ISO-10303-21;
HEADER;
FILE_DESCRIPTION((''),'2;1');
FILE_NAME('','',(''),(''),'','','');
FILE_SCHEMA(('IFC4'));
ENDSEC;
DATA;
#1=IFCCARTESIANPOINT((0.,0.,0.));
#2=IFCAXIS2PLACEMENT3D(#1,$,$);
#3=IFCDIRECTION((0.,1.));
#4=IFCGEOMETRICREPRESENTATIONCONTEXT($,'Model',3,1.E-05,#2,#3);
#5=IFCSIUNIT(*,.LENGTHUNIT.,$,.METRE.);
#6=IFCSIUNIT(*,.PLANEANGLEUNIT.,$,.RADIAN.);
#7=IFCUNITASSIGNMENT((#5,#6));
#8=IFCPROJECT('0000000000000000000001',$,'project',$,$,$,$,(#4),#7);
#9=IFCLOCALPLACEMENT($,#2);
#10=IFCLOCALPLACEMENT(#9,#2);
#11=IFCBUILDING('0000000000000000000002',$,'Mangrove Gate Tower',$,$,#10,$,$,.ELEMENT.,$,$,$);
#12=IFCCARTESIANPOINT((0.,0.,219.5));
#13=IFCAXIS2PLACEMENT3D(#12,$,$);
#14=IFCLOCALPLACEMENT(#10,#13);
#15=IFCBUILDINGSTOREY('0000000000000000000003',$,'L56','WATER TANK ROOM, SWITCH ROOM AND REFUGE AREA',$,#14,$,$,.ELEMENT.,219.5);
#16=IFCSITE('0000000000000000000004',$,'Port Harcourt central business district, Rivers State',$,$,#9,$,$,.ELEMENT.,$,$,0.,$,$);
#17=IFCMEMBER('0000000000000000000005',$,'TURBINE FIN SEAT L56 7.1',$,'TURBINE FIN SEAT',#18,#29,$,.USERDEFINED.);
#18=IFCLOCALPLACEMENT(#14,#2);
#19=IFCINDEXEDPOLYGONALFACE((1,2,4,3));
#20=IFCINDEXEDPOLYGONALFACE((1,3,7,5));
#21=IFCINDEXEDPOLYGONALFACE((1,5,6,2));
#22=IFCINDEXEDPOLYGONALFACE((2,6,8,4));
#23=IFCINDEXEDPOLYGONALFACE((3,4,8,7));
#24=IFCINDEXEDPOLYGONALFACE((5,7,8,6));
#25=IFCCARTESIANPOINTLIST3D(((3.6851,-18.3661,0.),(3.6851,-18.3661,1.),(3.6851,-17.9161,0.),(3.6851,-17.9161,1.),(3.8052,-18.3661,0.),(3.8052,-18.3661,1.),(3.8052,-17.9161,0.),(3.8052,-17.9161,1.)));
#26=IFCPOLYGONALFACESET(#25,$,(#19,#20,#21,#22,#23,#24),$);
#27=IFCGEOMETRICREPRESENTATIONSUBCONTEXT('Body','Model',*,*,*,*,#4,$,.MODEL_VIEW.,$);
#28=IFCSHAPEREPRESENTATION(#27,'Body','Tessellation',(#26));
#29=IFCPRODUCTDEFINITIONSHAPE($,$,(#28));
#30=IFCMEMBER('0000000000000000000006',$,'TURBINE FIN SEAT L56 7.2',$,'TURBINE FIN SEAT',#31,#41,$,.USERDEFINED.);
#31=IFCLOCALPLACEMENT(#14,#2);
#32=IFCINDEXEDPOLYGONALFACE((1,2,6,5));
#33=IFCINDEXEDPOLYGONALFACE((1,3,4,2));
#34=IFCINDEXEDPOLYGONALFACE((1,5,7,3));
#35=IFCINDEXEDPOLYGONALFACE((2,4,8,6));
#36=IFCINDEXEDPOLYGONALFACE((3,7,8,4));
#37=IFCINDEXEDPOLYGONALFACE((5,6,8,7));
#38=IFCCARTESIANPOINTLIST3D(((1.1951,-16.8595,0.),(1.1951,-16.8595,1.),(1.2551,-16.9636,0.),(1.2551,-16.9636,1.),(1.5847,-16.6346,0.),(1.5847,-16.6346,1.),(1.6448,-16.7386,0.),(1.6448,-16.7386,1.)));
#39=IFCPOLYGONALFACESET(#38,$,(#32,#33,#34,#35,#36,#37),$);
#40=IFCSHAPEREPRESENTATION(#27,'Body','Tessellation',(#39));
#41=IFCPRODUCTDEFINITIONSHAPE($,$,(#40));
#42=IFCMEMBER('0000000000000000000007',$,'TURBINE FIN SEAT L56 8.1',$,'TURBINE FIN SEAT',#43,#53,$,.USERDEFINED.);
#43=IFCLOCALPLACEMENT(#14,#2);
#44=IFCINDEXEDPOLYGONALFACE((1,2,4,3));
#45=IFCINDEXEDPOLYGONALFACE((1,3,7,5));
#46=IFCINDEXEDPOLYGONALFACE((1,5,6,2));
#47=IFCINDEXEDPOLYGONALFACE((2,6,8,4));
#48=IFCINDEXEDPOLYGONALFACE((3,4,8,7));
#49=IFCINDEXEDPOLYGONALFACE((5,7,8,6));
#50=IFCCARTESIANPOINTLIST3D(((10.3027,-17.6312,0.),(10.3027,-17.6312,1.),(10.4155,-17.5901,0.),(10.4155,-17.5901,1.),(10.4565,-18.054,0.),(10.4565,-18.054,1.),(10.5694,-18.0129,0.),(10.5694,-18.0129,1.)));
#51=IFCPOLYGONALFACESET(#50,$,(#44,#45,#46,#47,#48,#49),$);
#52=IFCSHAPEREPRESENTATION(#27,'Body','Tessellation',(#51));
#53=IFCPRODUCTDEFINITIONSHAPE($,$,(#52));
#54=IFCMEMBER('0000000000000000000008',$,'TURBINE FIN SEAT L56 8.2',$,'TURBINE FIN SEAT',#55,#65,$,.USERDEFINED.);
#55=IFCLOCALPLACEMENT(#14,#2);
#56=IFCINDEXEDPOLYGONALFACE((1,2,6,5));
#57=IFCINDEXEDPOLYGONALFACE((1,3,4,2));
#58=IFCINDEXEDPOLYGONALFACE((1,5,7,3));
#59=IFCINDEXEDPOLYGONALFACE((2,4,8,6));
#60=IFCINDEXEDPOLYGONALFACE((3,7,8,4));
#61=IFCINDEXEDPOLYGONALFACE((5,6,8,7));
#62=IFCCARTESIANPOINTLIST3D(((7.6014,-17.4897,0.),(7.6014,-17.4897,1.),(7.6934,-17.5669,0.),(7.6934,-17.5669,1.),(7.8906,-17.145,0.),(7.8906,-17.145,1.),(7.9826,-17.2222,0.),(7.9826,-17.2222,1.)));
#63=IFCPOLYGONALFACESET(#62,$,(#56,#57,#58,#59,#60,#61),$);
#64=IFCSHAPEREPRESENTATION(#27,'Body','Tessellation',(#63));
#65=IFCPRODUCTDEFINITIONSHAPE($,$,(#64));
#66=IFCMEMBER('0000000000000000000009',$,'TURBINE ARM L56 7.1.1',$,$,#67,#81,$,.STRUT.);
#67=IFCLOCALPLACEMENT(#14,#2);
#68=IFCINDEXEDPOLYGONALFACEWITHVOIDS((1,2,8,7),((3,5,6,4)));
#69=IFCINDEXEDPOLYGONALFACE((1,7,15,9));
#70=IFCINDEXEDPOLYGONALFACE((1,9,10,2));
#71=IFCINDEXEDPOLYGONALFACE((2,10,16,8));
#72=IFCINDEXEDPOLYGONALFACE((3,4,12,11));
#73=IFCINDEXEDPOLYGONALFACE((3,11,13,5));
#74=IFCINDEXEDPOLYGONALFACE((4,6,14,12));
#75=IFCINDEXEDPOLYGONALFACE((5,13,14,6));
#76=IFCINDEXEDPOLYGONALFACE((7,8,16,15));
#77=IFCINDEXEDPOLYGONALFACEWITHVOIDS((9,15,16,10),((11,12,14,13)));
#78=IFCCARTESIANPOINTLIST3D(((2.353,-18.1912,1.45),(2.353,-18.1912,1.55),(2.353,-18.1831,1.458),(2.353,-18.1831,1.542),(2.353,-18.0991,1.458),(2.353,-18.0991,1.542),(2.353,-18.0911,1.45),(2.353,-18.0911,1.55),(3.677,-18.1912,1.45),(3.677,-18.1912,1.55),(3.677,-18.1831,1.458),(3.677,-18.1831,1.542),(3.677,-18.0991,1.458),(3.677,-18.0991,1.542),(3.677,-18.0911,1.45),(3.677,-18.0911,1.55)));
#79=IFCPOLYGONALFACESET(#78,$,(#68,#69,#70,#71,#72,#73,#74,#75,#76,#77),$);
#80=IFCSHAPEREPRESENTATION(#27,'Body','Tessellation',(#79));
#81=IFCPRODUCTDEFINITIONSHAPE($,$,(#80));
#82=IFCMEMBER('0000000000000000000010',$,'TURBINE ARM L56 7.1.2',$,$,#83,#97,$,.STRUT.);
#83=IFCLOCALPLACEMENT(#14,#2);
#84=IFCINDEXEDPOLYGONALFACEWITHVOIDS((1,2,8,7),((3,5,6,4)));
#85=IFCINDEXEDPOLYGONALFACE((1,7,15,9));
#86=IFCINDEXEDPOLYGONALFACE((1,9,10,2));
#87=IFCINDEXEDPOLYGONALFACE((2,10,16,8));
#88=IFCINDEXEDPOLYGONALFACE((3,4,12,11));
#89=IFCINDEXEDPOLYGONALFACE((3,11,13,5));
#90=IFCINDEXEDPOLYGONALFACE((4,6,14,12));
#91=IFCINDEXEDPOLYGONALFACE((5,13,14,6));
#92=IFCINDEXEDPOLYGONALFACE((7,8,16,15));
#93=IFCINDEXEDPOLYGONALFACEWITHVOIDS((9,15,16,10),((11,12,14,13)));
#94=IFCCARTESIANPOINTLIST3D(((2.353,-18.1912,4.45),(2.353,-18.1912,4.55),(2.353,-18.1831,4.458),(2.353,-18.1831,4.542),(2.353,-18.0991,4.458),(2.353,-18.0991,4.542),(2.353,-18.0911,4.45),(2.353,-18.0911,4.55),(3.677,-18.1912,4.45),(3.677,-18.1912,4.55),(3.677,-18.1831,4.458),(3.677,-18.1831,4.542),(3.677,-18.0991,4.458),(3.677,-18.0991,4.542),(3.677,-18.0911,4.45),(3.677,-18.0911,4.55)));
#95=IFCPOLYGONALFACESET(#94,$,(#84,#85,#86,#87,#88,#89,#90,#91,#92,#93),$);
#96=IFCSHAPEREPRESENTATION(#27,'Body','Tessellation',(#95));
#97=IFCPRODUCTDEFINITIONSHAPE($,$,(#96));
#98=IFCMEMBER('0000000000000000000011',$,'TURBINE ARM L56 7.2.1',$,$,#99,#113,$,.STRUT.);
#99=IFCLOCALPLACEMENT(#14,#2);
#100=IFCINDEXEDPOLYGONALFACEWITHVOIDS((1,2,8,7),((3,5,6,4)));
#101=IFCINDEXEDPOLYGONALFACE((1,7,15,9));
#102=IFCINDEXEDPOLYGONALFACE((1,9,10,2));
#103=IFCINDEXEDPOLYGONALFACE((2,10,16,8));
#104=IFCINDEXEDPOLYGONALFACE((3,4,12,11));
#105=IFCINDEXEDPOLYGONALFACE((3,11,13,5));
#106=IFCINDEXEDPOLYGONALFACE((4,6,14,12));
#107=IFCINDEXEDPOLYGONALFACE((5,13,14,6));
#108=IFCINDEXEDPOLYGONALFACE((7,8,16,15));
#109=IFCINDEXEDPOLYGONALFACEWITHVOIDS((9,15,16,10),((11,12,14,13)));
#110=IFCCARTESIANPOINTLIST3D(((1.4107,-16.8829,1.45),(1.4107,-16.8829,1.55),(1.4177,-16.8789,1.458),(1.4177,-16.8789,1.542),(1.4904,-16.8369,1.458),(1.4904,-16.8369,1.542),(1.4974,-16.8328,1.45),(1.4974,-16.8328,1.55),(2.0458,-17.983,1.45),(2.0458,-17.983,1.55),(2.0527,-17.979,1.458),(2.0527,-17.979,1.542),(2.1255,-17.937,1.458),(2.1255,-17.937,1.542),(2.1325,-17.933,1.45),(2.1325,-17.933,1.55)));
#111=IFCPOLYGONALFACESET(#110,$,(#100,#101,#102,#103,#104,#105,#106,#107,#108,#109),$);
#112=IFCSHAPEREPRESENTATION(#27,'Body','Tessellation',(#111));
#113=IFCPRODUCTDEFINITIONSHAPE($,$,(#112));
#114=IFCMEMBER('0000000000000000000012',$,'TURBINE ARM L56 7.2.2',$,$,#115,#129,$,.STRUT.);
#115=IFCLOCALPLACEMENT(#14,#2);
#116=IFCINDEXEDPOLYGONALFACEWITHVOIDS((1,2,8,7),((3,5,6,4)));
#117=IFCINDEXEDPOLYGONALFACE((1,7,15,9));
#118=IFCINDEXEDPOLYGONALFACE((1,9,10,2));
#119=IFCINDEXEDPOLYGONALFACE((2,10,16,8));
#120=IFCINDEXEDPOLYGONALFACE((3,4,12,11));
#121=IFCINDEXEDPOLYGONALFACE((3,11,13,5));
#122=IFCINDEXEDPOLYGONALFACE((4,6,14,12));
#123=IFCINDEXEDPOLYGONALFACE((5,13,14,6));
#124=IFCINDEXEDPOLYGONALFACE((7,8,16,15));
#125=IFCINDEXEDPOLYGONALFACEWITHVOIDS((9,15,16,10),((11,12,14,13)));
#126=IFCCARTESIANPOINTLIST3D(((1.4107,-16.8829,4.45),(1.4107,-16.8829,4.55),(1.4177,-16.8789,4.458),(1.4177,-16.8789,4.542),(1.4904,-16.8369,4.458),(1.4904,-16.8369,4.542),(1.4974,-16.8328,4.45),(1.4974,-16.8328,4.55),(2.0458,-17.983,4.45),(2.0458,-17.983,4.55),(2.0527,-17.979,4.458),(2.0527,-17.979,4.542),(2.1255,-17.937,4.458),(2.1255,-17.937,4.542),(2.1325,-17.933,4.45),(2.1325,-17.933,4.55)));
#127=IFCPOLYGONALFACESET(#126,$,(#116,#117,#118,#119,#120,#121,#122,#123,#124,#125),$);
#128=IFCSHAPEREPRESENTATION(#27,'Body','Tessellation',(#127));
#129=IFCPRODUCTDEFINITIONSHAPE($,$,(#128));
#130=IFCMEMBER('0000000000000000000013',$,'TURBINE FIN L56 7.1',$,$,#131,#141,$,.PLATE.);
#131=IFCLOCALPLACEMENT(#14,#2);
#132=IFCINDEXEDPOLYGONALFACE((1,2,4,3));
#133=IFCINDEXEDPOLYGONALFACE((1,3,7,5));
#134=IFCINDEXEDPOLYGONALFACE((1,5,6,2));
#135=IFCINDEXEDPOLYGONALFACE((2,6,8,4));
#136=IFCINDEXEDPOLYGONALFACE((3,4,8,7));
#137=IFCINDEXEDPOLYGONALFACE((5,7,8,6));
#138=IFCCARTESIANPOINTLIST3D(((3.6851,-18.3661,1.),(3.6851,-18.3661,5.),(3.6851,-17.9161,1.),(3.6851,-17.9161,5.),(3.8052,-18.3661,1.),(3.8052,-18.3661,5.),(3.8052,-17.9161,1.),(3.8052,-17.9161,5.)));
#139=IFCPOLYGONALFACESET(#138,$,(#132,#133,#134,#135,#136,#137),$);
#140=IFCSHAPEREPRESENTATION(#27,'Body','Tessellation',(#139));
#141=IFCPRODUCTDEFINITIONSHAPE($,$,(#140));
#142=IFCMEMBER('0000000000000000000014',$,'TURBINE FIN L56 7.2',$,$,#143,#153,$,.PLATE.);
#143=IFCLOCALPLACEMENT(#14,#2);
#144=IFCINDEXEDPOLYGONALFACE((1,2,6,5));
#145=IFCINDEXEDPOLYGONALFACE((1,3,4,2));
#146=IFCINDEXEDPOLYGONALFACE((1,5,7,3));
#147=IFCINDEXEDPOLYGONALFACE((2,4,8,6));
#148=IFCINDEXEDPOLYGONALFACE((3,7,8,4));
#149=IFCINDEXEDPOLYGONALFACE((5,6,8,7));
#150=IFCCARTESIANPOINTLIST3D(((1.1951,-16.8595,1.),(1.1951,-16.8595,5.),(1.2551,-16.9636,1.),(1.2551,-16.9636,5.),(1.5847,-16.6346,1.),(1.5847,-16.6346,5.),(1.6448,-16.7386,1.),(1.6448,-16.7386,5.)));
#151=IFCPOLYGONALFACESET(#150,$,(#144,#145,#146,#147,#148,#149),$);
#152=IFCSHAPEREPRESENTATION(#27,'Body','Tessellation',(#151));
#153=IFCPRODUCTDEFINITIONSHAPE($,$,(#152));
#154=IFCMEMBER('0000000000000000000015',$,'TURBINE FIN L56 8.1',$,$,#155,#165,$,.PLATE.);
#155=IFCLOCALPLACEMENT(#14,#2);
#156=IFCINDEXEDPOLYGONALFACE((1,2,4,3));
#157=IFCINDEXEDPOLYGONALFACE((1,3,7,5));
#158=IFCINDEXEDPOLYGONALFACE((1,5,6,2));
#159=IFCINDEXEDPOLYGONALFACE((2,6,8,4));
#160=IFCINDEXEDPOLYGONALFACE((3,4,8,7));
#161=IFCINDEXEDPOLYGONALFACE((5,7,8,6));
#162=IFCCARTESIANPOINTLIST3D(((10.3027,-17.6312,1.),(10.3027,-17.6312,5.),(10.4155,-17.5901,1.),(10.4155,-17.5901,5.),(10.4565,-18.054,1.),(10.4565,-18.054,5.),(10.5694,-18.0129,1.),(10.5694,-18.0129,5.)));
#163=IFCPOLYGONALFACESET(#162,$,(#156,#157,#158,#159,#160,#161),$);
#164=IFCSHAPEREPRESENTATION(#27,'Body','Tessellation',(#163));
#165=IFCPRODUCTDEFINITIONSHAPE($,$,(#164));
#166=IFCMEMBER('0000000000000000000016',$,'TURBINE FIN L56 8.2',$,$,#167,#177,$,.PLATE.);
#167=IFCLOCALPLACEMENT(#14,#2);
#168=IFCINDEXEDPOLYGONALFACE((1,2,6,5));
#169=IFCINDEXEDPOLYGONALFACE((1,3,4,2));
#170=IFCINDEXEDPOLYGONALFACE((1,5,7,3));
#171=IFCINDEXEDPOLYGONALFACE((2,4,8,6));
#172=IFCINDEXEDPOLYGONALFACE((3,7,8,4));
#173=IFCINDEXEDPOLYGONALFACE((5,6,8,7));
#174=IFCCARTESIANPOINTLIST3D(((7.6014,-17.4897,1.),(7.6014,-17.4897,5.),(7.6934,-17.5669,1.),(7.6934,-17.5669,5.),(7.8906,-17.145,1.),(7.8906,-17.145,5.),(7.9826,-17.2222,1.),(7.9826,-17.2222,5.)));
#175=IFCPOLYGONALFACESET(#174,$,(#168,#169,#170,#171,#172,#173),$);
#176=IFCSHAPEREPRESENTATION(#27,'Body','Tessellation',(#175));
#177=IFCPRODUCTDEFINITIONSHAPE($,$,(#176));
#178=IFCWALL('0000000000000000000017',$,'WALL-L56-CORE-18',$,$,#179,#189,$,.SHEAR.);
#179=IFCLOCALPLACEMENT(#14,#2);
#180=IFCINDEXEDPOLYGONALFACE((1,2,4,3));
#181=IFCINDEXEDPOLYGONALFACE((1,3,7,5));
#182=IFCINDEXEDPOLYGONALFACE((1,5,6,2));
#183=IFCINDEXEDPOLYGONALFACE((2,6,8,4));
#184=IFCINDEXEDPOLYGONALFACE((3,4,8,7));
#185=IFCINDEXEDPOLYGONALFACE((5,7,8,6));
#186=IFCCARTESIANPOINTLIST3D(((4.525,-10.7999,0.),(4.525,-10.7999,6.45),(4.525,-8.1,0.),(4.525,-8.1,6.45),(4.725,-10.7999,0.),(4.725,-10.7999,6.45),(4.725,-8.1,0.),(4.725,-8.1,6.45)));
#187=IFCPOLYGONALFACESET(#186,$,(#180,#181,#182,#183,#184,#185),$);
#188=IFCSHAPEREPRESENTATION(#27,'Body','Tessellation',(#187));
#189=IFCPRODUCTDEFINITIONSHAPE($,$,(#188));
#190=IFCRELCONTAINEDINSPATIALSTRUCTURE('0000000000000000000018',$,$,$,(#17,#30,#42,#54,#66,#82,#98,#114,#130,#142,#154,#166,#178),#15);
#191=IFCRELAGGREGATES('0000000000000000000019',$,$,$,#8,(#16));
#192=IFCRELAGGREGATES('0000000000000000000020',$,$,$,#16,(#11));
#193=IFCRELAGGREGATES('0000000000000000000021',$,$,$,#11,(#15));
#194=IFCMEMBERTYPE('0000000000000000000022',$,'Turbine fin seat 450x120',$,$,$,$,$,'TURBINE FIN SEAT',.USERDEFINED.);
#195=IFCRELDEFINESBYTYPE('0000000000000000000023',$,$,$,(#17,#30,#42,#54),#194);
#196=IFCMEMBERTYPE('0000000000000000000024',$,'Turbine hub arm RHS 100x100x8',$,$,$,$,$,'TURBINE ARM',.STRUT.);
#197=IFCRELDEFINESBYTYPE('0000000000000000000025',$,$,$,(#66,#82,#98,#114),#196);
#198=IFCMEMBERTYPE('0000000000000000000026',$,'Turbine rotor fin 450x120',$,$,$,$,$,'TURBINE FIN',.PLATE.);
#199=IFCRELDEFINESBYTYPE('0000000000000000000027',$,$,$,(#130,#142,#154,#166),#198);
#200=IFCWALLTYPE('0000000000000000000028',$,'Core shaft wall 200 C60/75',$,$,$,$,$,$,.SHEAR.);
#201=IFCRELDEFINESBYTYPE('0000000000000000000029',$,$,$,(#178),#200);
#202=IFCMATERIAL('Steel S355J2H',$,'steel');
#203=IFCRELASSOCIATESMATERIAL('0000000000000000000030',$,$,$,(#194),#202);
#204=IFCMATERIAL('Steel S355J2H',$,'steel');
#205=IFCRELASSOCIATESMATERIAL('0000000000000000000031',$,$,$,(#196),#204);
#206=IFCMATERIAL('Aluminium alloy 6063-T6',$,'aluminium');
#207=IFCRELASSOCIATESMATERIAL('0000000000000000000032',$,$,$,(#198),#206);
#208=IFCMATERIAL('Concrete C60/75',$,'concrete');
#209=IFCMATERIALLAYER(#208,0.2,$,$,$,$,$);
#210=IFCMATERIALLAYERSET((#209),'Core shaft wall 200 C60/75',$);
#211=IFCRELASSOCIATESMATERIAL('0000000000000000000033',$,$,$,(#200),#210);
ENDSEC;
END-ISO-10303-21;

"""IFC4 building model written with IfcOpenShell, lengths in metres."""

from ifc_helpers import new_model, si_unit, direction, frame, frame_2d, origin, origin_2d, place, context, subcontext, project, spatial, rectangle, hollow_rectangle, extrude, material, layer, layer_set, material_profile, profile_set, type_object, element, save


model = new_model("IFC4")

# Units and contexts
model_context = context("Model", 3, precision=1e-05, world=origin(), true_north=direction((0.0, 1.0)))
body_context = subcontext(model_context, "Body", "Model", "MODEL_VIEW")
ifc_project = project(units=[si_unit("LENGTHUNIT", "METRE"), si_unit("PLANEANGLEUNIT", "RADIAN")], contexts=[model_context])

# Site, building, storey
site_placement = place(None, origin())
site = spatial("IfcSite", under=ifc_project, at=site_placement, Name="Port Harcourt central business district, Rivers State", CompositionType="ELEMENT", RefElevation=0.0)
building_placement = place(site_placement, origin())
building = spatial("IfcBuilding", under=site, at=building_placement, Name="Mangrove Gate Tower", CompositionType="ELEMENT")
storey_placement = place(building_placement, frame((0.0, 0.0, 219.5)))
storey = spatial("IfcBuildingStorey", under=building, at=storey_placement, Name="L56", Description="WATER TANK ROOM, SWITCH ROOM AND REFUGE AREA", CompositionType="ELEMENT", Elevation=219.5)

# Members
ifc_material_1 = material(Name="Steel S355J2H", Category="steel")
ifc_material_profile_1 = material_profile(ifc_material_1, rectangle(XDim=0.45, YDim=0.1201, at=origin_2d()))
ifc_profile_set_1 = profile_set([ifc_material_profile_1], Name="Steel S355J2H")
member_type_1 = type_object("IfcMemberType", Name="Turbine fin seat 450x120", ElementType="TURBINE FIN SEAT", PredefinedType="USERDEFINED", material=ifc_profile_set_1)
for number, where, z_axis, x_axis, name in (
    (1, (3.7451, -18.1411, 0.0), (0.0, 0.0, 1.0), (0.0, 1.0, 0.0), "TURBINE FIN SEAT L56 7.1"),
    (2, (1.4199, -16.7991, 0.0), (0.0, 0.0, 1.0), (-0.866025, -0.5, 0.0), "TURBINE FIN SEAT L56 7.2"),
    (3, (10.436, -17.822, 0.0), (0.0, 0.0, 1.0), (-0.34202, 0.939693, 0.0), "TURBINE FIN SEAT L56 8.1"),
    (4, (7.792, -17.356, 0.0), (0.0, 0.0, 1.0), (-0.642788, -0.766044, 0.0), "TURBINE FIN SEAT L56 8.2"),
):
    element("IfcMember", number, at=place(storey_placement, frame(where, z_axis=z_axis, x_axis=x_axis)), inside=storey, type_object=member_type_1, Name=name, ObjectType="TURBINE FIN SEAT", PredefinedType="USERDEFINED", context=body_context, shape_type="SweptSolid", body=[
        extrude(rectangle(XDim=0.45, YDim=0.1201, at=origin_2d()), origin(), (0.0, 0.0, 1.0), 1.0),
    ])
ifc_material_2 = material(Name="Steel S355J2H", Category="steel")
ifc_material_profile_2 = material_profile(ifc_material_2, hollow_rectangle(XDim=0.1001, YDim=0.1001, WallThickness=0.0081, at=origin_2d()))
ifc_profile_set_2 = profile_set([ifc_material_profile_2], Name="Steel S355J2H")
member_type_2 = type_object("IfcMemberType", Name="Turbine hub arm RHS 100x100x8", ElementType="TURBINE ARM", PredefinedType="STRUT", material=ifc_profile_set_2)
for number, where, z_axis, x_axis, name in (
    (5, (2.353, -18.1411, 1.5), (1.0, 0.0, 0.0), (0.0, 1.0, 0.0), "TURBINE ARM L56 7.1.1"),
    (6, (2.353, -18.1411, 4.5), (1.0, 0.0, 0.0), (0.0, 1.0, 0.0), "TURBINE ARM L56 7.1.2"),
):
    element("IfcMember", number, at=place(storey_placement, frame(where, z_axis=z_axis, x_axis=x_axis)), inside=storey, type_object=member_type_2, Name=name, PredefinedType="STRUT", context=body_context, shape_type="SweptSolid", body=[
        extrude(hollow_rectangle(XDim=0.1001, YDim=0.1001, WallThickness=0.0081, at=origin_2d()), origin(), (0.0, 0.0, 1.0), 1.324),
    ])
for number, where, z_axis, x_axis, name in (
    (7, (2.0891, -17.958, 1.5), (-0.499922, 0.86607, 0.0), (-0.86607, -0.499922, 0.0), "TURBINE ARM L56 7.2.1"),
    (8, (2.0891, -17.958, 4.5), (-0.499922, 0.86607, 0.0), (-0.86607, -0.499922, 0.0), "TURBINE ARM L56 7.2.2"),
):
    element("IfcMember", number, at=place(storey_placement, frame(where, z_axis=z_axis, x_axis=x_axis)), inside=storey, type_object=member_type_2, Name=name, PredefinedType="STRUT", context=body_context, shape_type="SweptSolid", body=[
        extrude(hollow_rectangle(XDim=0.1001, YDim=0.1001, WallThickness=0.0081, at=origin_2d()), origin(), (0.0, 0.0, 1.0), 1.2703),
    ])
ifc_material_3 = material(Name="Aluminium alloy 6063-T6", Category="aluminium")
ifc_material_profile_3 = material_profile(ifc_material_3, rectangle(XDim=0.45, YDim=0.1201, at=origin_2d()))
ifc_profile_set_3 = profile_set([ifc_material_profile_3], Name="Aluminium alloy 6063-T6")
member_type_3 = type_object("IfcMemberType", Name="Turbine rotor fin 450x120", ElementType="TURBINE FIN", PredefinedType="PLATE", material=ifc_profile_set_3)
for number, where, z_axis, x_axis, name in (
    (9, (3.7451, -18.1411, 1.0), (0.0, 0.0, 1.0), (0.0, 1.0, 0.0), "TURBINE FIN L56 7.1"),
    (10, (1.4199, -16.7991, 1.0), (0.0, 0.0, 1.0), (-0.866025, -0.5, 0.0), "TURBINE FIN L56 7.2"),
    (11, (10.436, -17.822, 1.0), (0.0, 0.0, 1.0), (-0.34202, 0.939693, 0.0), "TURBINE FIN L56 8.1"),
    (12, (7.792, -17.356, 1.0), (0.0, 0.0, 1.0), (-0.642788, -0.766044, 0.0), "TURBINE FIN L56 8.2"),
):
    element("IfcMember", number, at=place(storey_placement, frame(where, z_axis=z_axis, x_axis=x_axis)), inside=storey, type_object=member_type_3, Name=name, PredefinedType="PLATE", context=body_context, shape_type="SweptSolid", body=[
        extrude(rectangle(XDim=0.45, YDim=0.1201, at=origin_2d()), origin(), (0.0, 0.0, 1.0), 4.0),
    ])

# Wall
ifc_material_4 = material(Name="Concrete C60/75", Category="concrete")
ifc_layer_1 = layer(ifc_material_4, 0.2)
ifc_layer_set_1 = layer_set([ifc_layer_1], Name="Core shaft wall 200 C60/75")
wall_type_1 = type_object("IfcWallType", Name="Core shaft wall 200 C60/75", PredefinedType="SHEAR", material=ifc_layer_set_1)
wall_1_placement = place(storey_placement, frame((4.625, -10.8, 0.0), z_axis=(0.0, 0.0, 1.0), x_axis=(0.0, 1.0, 0.0)))
element("IfcWall", 13, at=wall_1_placement, inside=storey, type_object=wall_type_1, Name="WALL-L56-CORE-18", PredefinedType="SHEAR", context=body_context, shape_type="SweptSolid", body=[
    extrude(rectangle(XDim=2.7, YDim=0.2, at=frame_2d((1.3501, 0.0))), origin(), (0.0, 0.0, 1.0), 6.45),
])

save(model, "model.ifc")
